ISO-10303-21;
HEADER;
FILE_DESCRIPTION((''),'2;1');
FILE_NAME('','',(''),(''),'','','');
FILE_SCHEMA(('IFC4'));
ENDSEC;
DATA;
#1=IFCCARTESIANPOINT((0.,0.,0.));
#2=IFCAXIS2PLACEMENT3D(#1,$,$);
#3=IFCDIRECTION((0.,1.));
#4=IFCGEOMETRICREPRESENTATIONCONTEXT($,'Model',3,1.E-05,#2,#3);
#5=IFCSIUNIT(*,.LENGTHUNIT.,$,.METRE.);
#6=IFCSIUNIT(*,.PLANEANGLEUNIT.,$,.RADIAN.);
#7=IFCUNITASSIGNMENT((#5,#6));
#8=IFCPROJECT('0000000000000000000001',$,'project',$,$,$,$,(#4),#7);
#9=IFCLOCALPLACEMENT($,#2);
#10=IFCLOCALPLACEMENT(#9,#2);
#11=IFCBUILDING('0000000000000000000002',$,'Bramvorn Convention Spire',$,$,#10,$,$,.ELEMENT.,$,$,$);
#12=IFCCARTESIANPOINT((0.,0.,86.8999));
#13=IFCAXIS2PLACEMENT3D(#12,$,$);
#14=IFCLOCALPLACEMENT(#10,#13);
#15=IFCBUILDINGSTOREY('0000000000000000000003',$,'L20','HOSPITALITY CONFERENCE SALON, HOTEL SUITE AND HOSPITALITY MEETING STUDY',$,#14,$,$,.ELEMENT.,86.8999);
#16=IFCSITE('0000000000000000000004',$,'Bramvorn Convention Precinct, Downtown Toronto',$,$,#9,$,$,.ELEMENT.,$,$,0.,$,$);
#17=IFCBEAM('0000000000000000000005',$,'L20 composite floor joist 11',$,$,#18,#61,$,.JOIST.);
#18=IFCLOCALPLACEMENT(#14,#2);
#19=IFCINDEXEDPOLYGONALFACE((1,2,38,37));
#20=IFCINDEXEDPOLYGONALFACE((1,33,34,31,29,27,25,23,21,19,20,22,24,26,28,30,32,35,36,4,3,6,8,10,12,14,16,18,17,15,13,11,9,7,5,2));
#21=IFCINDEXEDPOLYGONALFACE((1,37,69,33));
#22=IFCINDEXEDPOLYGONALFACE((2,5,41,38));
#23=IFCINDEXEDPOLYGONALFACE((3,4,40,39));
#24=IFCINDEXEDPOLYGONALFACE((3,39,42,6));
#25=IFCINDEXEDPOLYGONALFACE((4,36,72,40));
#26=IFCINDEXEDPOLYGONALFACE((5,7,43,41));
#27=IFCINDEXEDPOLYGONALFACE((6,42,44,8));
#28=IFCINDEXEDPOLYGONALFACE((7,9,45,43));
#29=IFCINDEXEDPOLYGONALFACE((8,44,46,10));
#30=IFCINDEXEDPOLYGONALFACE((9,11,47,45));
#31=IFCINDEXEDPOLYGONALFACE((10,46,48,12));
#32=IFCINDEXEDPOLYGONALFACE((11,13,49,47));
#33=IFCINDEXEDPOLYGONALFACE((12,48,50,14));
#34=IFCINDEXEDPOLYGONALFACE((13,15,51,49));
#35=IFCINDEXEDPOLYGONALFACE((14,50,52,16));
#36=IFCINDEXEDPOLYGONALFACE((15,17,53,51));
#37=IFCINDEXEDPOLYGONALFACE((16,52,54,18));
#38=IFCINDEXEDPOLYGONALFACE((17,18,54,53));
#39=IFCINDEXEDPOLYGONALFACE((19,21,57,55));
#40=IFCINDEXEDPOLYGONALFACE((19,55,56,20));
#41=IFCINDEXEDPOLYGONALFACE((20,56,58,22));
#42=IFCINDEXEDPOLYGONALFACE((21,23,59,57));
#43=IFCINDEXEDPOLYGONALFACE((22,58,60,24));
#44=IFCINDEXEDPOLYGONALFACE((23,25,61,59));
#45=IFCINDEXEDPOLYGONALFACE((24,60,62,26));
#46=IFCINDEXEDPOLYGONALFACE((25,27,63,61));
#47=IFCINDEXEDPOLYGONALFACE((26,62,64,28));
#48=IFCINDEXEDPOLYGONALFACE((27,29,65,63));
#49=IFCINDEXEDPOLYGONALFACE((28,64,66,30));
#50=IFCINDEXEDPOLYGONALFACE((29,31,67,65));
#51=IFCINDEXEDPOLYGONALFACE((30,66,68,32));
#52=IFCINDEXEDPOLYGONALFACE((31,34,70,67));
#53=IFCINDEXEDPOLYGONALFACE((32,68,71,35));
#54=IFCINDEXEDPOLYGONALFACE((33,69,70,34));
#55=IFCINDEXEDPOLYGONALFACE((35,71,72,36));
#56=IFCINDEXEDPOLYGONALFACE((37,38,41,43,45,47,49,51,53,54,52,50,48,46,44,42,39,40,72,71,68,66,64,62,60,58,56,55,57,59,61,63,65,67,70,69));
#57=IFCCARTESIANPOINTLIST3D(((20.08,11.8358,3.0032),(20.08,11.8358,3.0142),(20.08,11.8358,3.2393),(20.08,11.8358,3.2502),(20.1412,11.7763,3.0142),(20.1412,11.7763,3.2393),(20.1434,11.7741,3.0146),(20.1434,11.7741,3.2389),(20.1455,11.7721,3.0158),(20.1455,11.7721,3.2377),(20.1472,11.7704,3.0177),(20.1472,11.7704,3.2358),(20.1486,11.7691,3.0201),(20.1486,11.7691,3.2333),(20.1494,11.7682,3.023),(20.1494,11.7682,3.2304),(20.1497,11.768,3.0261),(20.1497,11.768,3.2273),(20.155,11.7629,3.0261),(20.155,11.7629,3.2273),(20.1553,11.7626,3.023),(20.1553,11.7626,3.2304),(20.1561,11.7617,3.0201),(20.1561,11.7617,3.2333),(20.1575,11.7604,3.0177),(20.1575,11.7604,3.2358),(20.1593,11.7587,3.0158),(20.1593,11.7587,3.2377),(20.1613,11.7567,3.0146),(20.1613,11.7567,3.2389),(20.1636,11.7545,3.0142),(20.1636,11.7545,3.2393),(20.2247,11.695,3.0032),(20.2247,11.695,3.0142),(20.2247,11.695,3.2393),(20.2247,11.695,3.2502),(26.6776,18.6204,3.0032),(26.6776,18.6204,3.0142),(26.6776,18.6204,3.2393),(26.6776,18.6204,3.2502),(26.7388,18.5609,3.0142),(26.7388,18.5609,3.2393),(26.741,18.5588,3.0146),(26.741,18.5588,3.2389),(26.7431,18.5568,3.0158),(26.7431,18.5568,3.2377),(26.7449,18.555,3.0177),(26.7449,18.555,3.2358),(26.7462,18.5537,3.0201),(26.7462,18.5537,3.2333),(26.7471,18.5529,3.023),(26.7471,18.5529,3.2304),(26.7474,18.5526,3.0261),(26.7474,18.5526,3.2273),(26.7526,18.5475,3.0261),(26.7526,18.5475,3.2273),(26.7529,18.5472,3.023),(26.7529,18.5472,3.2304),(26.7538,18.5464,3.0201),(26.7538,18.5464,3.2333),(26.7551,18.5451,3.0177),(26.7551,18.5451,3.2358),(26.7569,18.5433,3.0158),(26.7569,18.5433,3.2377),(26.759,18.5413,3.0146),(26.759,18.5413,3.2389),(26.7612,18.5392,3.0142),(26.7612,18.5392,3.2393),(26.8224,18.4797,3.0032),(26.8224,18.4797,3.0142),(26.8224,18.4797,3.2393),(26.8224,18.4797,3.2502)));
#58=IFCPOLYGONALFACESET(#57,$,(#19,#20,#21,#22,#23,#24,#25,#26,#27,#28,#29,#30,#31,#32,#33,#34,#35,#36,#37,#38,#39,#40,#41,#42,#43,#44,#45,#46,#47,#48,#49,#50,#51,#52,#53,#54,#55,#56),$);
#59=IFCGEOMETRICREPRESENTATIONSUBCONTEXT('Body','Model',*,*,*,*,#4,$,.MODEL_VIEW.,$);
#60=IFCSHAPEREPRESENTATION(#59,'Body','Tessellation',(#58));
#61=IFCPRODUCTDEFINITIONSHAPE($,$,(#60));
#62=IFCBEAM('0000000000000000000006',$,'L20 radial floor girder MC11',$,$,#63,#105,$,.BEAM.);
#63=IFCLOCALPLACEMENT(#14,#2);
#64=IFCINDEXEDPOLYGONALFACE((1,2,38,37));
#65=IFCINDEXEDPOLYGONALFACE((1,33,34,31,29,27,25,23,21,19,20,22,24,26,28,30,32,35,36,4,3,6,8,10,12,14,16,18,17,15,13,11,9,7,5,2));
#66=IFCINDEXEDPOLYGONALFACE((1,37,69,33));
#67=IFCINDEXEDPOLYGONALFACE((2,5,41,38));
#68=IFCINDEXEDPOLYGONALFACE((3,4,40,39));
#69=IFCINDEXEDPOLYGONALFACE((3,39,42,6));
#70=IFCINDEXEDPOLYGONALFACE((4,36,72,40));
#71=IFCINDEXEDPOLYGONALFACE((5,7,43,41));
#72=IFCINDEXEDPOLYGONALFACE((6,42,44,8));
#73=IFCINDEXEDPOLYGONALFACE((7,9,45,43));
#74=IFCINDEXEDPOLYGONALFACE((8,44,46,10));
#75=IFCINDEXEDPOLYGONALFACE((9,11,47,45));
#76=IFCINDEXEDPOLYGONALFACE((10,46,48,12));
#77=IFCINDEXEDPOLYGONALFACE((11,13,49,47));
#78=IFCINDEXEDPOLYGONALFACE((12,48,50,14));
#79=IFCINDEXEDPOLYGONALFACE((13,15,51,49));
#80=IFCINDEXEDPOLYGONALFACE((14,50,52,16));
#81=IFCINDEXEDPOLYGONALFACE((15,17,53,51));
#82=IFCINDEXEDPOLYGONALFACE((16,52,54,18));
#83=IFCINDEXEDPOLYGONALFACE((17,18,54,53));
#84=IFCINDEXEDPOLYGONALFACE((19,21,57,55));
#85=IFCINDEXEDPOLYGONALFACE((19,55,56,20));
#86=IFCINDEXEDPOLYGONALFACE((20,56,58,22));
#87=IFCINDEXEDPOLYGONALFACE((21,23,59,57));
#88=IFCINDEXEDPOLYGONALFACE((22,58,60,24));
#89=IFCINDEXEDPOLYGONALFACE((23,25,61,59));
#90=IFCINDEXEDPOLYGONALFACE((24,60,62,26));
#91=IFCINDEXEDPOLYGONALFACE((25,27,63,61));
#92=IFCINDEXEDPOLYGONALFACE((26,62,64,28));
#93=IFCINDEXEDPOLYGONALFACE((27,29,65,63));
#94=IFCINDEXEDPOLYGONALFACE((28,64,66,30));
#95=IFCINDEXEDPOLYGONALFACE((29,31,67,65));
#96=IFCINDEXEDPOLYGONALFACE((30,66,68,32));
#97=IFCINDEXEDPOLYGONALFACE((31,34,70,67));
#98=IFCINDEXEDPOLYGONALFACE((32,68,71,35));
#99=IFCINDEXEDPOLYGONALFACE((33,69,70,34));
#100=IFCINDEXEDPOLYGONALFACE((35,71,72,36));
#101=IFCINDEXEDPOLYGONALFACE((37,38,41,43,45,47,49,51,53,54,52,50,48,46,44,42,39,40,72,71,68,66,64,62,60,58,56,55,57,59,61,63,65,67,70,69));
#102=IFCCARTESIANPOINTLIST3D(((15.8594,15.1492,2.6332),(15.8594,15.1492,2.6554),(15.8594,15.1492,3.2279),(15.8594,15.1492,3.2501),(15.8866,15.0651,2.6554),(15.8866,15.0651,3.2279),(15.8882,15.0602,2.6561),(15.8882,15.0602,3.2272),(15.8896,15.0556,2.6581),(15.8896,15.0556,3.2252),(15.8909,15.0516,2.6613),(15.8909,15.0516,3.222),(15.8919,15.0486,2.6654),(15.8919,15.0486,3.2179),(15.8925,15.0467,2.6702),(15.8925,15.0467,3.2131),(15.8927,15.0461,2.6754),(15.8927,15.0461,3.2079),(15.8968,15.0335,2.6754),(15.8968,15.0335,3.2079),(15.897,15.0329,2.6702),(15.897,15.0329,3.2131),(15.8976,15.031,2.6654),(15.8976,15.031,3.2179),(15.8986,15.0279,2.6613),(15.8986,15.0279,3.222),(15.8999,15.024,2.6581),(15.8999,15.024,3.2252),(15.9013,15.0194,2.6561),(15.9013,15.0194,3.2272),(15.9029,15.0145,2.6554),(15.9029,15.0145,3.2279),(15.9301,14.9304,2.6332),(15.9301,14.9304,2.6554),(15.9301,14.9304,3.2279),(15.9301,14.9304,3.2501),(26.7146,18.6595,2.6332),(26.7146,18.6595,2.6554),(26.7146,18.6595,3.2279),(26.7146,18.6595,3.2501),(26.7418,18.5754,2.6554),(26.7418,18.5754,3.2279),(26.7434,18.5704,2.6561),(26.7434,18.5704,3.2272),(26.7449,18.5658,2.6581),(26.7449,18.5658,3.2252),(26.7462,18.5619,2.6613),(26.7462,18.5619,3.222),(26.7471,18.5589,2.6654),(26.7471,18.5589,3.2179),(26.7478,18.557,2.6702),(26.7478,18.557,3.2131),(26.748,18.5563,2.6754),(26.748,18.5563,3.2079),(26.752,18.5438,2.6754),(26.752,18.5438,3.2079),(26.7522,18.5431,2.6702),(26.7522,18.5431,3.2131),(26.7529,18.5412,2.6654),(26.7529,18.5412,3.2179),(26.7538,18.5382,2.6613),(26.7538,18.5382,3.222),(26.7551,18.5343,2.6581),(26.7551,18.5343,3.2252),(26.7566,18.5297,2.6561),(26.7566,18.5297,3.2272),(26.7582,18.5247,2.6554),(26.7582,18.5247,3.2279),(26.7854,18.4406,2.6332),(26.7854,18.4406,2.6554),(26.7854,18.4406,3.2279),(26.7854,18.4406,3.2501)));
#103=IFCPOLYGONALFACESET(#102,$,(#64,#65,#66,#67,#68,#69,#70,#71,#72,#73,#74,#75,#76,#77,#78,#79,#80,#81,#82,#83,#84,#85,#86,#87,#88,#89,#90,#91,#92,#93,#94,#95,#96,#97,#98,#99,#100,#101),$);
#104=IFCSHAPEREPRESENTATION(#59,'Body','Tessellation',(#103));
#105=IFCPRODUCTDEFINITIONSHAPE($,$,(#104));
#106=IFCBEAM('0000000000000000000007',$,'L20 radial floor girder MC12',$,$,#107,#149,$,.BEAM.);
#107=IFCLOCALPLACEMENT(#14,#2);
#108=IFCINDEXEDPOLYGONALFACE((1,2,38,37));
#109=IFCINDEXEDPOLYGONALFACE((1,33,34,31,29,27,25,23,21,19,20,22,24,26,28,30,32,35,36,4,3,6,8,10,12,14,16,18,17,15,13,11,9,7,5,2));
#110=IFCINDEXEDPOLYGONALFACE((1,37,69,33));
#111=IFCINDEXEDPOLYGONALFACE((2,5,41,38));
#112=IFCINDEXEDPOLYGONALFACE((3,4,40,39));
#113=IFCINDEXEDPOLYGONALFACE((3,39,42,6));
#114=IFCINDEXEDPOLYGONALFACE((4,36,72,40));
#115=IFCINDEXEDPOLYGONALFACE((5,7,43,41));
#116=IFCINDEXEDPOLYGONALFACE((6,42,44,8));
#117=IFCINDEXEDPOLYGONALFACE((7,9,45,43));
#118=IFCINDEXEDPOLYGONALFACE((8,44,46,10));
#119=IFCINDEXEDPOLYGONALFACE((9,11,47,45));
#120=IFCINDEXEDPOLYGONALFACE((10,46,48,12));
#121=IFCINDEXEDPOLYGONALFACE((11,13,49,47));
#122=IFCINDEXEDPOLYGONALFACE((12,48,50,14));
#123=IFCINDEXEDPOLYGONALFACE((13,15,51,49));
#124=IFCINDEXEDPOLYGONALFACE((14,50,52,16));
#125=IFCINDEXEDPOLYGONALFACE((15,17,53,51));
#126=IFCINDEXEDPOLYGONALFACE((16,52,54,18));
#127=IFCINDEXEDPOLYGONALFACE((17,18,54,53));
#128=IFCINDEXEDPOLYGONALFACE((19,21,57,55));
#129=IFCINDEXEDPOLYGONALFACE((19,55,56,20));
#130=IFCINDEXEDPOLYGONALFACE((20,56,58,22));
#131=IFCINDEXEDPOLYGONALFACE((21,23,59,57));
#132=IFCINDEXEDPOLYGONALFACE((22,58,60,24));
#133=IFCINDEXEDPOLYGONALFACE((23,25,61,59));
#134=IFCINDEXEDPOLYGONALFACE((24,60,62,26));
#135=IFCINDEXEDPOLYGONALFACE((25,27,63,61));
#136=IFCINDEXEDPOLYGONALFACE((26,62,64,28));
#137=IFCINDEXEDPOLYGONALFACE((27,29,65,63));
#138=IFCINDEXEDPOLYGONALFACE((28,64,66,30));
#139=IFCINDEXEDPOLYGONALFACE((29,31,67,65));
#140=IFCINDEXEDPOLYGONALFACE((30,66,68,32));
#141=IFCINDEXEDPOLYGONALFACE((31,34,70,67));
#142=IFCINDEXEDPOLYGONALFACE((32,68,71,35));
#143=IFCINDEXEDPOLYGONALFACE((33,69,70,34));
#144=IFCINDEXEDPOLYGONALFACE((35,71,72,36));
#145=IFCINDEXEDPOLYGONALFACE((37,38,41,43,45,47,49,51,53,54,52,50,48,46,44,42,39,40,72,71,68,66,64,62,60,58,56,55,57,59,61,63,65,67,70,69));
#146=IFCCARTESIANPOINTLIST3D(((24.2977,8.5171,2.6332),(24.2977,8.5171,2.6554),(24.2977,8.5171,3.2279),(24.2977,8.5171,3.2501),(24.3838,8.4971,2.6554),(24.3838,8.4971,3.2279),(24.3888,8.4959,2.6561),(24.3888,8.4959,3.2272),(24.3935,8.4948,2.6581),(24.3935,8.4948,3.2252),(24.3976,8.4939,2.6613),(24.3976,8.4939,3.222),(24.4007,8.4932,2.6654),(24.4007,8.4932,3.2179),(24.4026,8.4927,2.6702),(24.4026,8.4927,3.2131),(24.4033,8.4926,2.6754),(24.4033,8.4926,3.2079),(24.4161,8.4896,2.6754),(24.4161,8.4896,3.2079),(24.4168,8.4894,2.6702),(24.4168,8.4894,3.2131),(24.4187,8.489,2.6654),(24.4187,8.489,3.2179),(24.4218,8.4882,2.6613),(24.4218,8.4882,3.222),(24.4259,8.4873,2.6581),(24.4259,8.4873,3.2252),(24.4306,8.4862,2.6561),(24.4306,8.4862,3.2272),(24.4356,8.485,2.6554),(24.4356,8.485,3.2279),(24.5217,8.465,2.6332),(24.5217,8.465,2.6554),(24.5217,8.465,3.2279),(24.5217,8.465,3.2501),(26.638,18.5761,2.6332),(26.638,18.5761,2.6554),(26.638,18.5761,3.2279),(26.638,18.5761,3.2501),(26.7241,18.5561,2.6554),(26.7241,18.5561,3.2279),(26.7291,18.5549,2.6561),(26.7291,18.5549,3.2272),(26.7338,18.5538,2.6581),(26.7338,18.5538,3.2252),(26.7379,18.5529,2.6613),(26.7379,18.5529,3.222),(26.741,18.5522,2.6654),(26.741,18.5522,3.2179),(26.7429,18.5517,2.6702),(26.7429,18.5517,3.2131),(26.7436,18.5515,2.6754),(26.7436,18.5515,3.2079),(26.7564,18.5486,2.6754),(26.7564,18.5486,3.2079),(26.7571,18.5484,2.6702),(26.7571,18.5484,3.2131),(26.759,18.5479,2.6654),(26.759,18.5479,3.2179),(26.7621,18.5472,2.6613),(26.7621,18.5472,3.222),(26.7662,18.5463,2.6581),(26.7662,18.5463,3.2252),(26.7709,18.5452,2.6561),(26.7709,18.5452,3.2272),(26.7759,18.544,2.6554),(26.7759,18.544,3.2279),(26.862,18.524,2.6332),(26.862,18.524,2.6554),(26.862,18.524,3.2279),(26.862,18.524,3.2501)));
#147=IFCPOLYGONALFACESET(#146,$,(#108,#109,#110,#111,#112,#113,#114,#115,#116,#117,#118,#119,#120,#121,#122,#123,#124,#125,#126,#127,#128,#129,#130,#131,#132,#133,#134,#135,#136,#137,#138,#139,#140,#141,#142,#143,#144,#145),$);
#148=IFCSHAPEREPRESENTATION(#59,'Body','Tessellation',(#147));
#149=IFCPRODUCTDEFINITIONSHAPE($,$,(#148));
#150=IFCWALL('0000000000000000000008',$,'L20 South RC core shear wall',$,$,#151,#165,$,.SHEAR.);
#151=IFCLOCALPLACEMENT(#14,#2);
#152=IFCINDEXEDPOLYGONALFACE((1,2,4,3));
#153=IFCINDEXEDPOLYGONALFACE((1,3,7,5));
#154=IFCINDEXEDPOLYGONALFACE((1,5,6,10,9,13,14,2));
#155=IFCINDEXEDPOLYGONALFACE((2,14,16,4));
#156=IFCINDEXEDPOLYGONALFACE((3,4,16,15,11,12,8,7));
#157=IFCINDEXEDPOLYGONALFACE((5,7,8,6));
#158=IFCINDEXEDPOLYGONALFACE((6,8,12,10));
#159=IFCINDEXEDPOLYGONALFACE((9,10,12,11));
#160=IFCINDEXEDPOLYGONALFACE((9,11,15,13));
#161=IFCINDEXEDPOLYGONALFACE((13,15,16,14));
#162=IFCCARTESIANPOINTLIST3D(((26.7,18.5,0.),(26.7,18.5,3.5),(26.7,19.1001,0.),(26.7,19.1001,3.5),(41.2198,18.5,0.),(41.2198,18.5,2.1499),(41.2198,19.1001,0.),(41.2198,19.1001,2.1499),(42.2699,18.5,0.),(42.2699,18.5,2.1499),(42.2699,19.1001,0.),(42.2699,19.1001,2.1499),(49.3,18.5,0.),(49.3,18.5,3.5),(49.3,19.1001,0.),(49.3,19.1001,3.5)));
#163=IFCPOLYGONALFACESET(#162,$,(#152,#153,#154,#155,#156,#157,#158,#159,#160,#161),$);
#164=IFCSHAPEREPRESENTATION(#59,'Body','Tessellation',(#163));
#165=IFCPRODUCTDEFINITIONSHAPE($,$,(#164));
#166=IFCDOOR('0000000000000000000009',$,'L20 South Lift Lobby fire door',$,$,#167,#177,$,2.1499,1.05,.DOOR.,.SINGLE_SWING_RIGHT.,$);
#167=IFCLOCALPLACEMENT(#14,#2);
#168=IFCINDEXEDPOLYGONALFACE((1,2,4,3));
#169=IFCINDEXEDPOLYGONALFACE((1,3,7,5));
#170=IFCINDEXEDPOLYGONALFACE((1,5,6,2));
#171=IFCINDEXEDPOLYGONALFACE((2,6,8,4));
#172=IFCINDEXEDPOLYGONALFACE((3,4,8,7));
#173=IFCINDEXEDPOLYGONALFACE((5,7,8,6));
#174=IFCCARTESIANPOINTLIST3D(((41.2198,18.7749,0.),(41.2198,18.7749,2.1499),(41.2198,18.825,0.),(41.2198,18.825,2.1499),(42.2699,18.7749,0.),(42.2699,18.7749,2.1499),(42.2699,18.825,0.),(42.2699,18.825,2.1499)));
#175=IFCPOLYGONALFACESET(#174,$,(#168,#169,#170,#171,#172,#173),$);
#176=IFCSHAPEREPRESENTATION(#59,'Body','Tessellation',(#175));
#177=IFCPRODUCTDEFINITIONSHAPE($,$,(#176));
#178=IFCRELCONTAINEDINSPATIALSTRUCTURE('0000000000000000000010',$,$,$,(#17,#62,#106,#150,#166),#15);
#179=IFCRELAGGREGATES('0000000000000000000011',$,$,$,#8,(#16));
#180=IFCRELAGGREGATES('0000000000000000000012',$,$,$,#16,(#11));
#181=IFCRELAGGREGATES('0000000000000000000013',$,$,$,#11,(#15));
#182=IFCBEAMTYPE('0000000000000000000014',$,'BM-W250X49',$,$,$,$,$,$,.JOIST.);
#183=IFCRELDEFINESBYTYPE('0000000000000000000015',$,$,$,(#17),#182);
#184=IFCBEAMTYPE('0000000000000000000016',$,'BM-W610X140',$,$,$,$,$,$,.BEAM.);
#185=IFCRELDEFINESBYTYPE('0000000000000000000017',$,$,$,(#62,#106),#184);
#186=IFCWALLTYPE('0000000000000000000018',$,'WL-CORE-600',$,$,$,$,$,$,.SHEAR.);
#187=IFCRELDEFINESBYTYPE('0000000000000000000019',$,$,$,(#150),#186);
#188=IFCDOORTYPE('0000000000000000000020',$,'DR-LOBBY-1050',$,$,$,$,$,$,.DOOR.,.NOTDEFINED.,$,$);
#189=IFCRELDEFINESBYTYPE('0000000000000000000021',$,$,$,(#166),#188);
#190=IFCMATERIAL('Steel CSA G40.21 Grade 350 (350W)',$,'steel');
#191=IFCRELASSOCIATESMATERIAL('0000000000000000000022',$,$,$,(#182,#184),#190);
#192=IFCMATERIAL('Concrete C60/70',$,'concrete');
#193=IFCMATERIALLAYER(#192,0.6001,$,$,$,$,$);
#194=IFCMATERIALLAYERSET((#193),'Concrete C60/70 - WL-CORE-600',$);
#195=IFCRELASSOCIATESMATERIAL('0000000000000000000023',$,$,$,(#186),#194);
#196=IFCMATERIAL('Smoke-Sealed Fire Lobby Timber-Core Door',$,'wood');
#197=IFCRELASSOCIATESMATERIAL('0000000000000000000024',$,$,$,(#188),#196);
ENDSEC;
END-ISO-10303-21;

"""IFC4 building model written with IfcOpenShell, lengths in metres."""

from ifc_helpers import new_model, si_unit, direction, frame, frame_2d, origin, origin_2d, place, context, subcontext, project, spatial, rectangle, i_section, extrude, material, layer, layer_set, material_profile, profile_set, type_object, element, fill, save


model = new_model("IFC4")

# Units and contexts
model_context = context("Model", 3, precision=1e-05, world=origin(), true_north=direction((0.0, 1.0)))
body_context = subcontext(model_context, "Body", "Model", "MODEL_VIEW")
ifc_project = project(units=[si_unit("LENGTHUNIT", "METRE"), si_unit("PLANEANGLEUNIT", "RADIAN")], contexts=[model_context])

# Site, building, storey
site_placement = place(None, origin())
site = spatial("IfcSite", under=ifc_project, at=site_placement, Name="Bramvorn Convention Precinct, Downtown Toronto", CompositionType="ELEMENT", RefElevation=0.0)
building_placement = place(site_placement, origin())
building = spatial("IfcBuilding", under=site, at=building_placement, Name="Bramvorn Convention Spire", CompositionType="ELEMENT")
storey_placement = place(building_placement, frame((0.0, 0.0, 86.8999)))
storey = spatial("IfcBuildingStorey", under=building, at=storey_placement, Name="L20", Description="HOSPITALITY CONFERENCE SALON, HOTEL SUITE AND HOSPITALITY MEETING STUDY", CompositionType="ELEMENT", Elevation=86.8999)

# Beams
ifc_material_1 = material(Name="Steel CSA G40.21 Grade 350 (350W)", Category="steel")
ifc_material_profile_1 = material_profile(ifc_material_1, i_section(OverallWidth=0.2019, OverallDepth=0.2471, WebThickness=0.0073, FlangeThickness=0.011, FilletRadius=0.012, at=origin_2d()))
ifc_profile_set_1 = profile_set([ifc_material_profile_1], Name="Steel CSA G40.21 Grade 350 (350W) - W250X49")
beam_type_1 = type_object("IfcBeamType", Name="BM-W250X49", PredefinedType="JOIST", material=ifc_profile_set_1)
beam_1_placement = place(storey_placement, frame((26.75, 18.55, 3.1267), z_axis=(-0.697157, -0.716918, 0.0), x_axis=(0.716918, -0.697157, 0.0)))
element("IfcBeam", 1, at=beam_1_placement, inside=storey, type_object=beam_type_1, Name="L20 composite floor joist 11", PredefinedType="JOIST", context=body_context, shape_type="SweptSolid", body=[
    extrude(i_section(OverallWidth=0.2019, OverallDepth=0.2471, WebThickness=0.0073, FlangeThickness=0.011, FilletRadius=0.012, at=origin_2d()), origin(), (0.0, 0.0, 1.0), 9.4636),
])
ifc_material_profile_2 = material_profile(ifc_material_1, i_section(OverallWidth=0.23, OverallDepth=0.6169, WebThickness=0.0132, FlangeThickness=0.0222, FilletRadius=0.02, at=origin_2d()))
ifc_profile_set_2 = profile_set([ifc_material_profile_2], Name="Steel CSA G40.21 Grade 350 (350W) - W610X140")
beam_type_2 = type_object("IfcBeamType", Name="BM-W610X140", PredefinedType="BEAM", material=ifc_profile_set_2)
beam_2_placement = place(storey_placement, frame((26.75, 18.55, 2.9417), z_axis=(-0.951489, -0.307683, 0.0), x_axis=(0.307683, -0.951489, 0.0)))
element("IfcBeam", 2, at=beam_2_placement, inside=storey, type_object=beam_type_2, Name="L20 radial floor girder MC11", PredefinedType="BEAM", context=body_context, shape_type="SweptSolid", body=[
    extrude(i_section(OverallWidth=0.23, OverallDepth=0.6169, WebThickness=0.0132, FlangeThickness=0.0222, FilletRadius=0.02, at=origin_2d()), origin(), (0.0, 0.0, 1.0), 11.4087),
])
beam_3_placement = place(storey_placement, frame((26.75, 18.55, 2.9417), z_axis=(-0.226606, -0.973986, 0.0), x_axis=(0.973986, -0.226606, 0.0)))
element("IfcBeam", 3, at=beam_3_placement, inside=storey, type_object=beam_type_2, Name="L20 radial floor girder MC12", PredefinedType="BEAM", context=body_context, shape_type="SweptSolid", body=[
    extrude(i_section(OverallWidth=0.23, OverallDepth=0.6169, WebThickness=0.0132, FlangeThickness=0.0222, FilletRadius=0.02, at=origin_2d()), origin(), (0.0, 0.0, 1.0), 10.3276),
])

# Wall, opening, door
ifc_material_2 = material(Name="Concrete C60/70", Category="concrete")
ifc_layer_1 = layer(ifc_material_2, 0.6001)
ifc_layer_set_1 = layer_set([ifc_layer_1], Name="Concrete C60/70 - WL-CORE-600")
wall_type_1 = type_object("IfcWallType", Name="WL-CORE-600", PredefinedType="SHEAR", material=ifc_layer_set_1)
wall_1_placement = place(storey_placement, frame((26.7, 18.8, 0.0), z_axis=(0.0, 0.0, 1.0), x_axis=(1.0, 0.0, 0.0)))
wall_1 = element("IfcWall", 4, at=wall_1_placement, inside=storey, type_object=wall_type_1, Name="L20 South RC core shear wall", PredefinedType="SHEAR", context=body_context, shape_type="SweptSolid", body=[
    extrude(rectangle(XDim=22.6001, YDim=0.6001, at=frame_2d((11.3, 0.0))), origin(), (0.0, 0.0, 1.0), 3.5),
])
opening_1_placement = place(wall_1_placement, frame((14.52, 0.0, 0.0)))
opening_1 = element("IfcOpeningElement", 5, at=opening_1_placement, cuts=wall_1, PredefinedType="OPENING", context=body_context, shape_type="SweptSolid", body=[
    extrude(rectangle(XDim=1.05, YDim=2.1499, at=frame_2d((0.5249, 1.075))), frame((0.0, 0.3101, 0.0), z_axis=(0.0, -1.0, 0.0), x_axis=(1.0, 0.0, 0.0)), (0.0, 0.0, 1.0), 0.6201),
])
ifc_material_3 = material(Name="Smoke-Sealed Fire Lobby Timber-Core Door", Category="wood")
door_type_1 = type_object("IfcDoorType", Name="DR-LOBBY-1050", OperationType="NOTDEFINED", PredefinedType="DOOR", material=ifc_material_3)
door_1_placement = place(opening_1_placement, origin())
door_1 = element("IfcDoor", 6, at=door_1_placement, inside=storey, type_object=door_type_1, Name="L20 South Lift Lobby fire door", OperationType="SINGLE_SWING_RIGHT", OverallHeight=2.1499, OverallWidth=1.05, PredefinedType="DOOR", context=body_context, shape_type="SweptSolid", body=[
    extrude(rectangle(XDim=1.05, YDim=2.1499, at=frame_2d((0.5249, 1.075))), frame((0.0, 0.0249, 0.0), z_axis=(0.0, -1.0, 0.0), x_axis=(1.0, 0.0, 0.0)), (0.0, 0.0, 1.0), 0.05),
])
fill(opening_1, door_1)

save(model, "model.ifc")
